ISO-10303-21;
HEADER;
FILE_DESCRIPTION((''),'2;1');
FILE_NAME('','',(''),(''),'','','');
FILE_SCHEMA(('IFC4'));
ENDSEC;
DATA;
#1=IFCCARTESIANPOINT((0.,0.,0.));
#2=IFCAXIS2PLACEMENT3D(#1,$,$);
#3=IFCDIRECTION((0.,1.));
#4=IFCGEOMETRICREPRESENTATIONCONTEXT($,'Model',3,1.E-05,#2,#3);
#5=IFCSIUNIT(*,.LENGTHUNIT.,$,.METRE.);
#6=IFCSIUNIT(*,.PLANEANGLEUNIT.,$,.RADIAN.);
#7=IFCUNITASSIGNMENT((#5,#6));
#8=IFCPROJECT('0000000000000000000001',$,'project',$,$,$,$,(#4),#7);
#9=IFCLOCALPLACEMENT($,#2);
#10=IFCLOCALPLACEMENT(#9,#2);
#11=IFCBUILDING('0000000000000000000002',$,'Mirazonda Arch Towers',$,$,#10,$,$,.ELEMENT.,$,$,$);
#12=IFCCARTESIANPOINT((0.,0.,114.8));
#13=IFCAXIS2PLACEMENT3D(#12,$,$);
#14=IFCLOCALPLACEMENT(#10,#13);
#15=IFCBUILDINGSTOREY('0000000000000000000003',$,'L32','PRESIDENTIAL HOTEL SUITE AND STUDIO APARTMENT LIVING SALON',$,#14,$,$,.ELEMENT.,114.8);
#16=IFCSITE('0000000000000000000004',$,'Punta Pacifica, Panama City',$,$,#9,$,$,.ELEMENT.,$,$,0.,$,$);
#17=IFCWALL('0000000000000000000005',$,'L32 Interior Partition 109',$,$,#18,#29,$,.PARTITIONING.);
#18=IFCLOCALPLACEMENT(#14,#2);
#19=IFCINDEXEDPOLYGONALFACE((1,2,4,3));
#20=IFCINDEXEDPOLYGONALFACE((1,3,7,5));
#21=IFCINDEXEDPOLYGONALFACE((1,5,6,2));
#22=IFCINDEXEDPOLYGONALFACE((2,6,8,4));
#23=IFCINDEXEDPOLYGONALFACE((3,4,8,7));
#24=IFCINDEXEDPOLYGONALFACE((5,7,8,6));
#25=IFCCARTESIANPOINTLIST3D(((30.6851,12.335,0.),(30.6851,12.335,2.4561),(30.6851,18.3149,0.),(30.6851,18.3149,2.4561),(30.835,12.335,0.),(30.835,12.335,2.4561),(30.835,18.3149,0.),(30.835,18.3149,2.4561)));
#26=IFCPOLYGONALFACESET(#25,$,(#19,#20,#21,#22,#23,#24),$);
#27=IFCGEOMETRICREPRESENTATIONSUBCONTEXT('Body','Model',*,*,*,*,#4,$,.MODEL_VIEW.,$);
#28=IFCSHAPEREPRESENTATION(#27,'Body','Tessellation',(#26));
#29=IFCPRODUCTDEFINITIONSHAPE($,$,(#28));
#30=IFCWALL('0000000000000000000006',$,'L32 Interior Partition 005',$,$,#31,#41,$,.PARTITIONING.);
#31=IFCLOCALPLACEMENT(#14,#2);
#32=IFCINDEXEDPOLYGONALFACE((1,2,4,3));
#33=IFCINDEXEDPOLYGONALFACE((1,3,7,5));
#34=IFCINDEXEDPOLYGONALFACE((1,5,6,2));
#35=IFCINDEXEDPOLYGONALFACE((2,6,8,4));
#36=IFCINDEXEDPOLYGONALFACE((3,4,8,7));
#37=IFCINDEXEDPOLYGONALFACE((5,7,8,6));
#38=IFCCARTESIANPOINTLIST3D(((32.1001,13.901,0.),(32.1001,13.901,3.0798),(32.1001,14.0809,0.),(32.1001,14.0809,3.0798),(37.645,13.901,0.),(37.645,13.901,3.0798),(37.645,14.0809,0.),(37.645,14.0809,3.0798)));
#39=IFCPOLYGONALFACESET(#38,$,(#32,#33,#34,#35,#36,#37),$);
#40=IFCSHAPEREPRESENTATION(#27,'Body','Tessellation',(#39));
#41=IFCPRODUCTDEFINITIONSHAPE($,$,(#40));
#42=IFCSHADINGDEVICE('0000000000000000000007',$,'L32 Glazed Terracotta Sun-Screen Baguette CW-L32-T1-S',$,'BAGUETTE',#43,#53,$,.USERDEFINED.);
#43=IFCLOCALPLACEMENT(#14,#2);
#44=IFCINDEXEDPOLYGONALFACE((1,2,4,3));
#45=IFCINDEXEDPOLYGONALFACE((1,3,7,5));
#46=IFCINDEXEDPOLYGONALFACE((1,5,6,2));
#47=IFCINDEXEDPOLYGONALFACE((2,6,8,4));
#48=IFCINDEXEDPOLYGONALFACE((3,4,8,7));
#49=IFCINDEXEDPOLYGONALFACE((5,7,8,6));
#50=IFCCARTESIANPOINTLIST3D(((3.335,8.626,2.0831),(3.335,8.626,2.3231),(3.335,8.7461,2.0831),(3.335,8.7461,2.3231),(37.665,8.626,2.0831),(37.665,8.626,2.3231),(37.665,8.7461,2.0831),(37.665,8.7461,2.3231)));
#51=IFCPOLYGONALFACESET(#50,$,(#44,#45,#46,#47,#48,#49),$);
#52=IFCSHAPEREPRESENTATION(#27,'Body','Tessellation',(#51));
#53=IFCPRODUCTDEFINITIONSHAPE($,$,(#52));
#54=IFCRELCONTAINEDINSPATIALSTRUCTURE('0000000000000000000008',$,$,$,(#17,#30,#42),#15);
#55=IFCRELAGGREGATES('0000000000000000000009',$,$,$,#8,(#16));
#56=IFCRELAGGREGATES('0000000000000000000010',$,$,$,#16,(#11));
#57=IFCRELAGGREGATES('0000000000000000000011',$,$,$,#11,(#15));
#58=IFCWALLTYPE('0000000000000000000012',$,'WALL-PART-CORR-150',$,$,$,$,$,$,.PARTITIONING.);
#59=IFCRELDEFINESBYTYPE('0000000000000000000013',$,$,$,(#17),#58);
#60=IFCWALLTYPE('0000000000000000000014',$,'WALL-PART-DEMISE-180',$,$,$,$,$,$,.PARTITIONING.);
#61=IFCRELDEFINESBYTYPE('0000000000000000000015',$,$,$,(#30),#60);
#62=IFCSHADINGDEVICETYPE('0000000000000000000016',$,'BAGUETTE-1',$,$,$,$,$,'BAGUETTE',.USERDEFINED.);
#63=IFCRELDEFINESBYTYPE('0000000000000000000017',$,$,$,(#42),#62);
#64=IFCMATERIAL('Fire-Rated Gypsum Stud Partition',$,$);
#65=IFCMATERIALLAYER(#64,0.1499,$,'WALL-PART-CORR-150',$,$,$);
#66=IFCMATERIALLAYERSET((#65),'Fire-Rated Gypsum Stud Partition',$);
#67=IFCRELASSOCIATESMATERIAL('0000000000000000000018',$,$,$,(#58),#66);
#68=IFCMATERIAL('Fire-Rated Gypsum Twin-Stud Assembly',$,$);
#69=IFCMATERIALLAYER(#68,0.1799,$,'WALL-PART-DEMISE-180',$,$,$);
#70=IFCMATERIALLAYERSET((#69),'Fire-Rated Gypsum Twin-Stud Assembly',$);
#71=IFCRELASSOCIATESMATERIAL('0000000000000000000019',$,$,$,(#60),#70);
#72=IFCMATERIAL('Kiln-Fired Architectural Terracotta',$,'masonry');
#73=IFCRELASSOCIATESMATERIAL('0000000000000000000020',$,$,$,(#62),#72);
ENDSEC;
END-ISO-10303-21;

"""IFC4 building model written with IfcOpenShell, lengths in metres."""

from ifc_helpers import new_model, si_unit, direction, frame, frame_2d, origin, origin_2d, place, context, subcontext, project, spatial, rectangle, extrude, material, layer, layer_set, material_profile, profile_set, type_object, element, save


model = new_model("IFC4")

# Units and contexts
model_context = context("Model", 3, precision=1e-05, world=origin(), true_north=direction((0.0, 1.0)))
body_context = subcontext(model_context, "Body", "Model", "MODEL_VIEW")
ifc_project = project(units=[si_unit("LENGTHUNIT", "METRE"), si_unit("PLANEANGLEUNIT", "RADIAN")], contexts=[model_context])

# Site, building, storey
site_placement = place(None, origin())
site = spatial("IfcSite", under=ifc_project, at=site_placement, Name="Punta Pacifica, Panama City", CompositionType="ELEMENT", RefElevation=0.0)
building_placement = place(site_placement, origin())
building = spatial("IfcBuilding", under=site, at=building_placement, Name="Mirazonda Arch Towers", CompositionType="ELEMENT")
storey_placement = place(building_placement, frame((0.0, 0.0, 114.8)))
storey = spatial("IfcBuildingStorey", under=building, at=storey_placement, Name="L32", Description="PRESIDENTIAL HOTEL SUITE AND STUDIO APARTMENT LIVING SALON", CompositionType="ELEMENT", Elevation=114.8)

# Walls
ifc_material_1 = material(Name="Fire-Rated Gypsum Stud Partition")
ifc_layer_1 = layer(ifc_material_1, 0.1499, Name="WALL-PART-CORR-150")
ifc_layer_set_1 = layer_set([ifc_layer_1], Name="Fire-Rated Gypsum Stud Partition")
wall_type_1 = type_object("IfcWallType", Name="WALL-PART-CORR-150", PredefinedType="PARTITIONING", material=ifc_layer_set_1)
wall_1_placement = place(storey_placement, frame((30.76, 12.335, 0.0), z_axis=(0.0, 0.0, 1.0), x_axis=(0.0, 1.0, 0.0)))
element("IfcWall", 1, at=wall_1_placement, inside=storey, type_object=wall_type_1, Name="L32 Interior Partition 109", PredefinedType="PARTITIONING", context=body_context, shape_type="SweptSolid", body=[
    extrude(rectangle(XDim=5.98, YDim=0.1499, at=frame_2d((2.99, 0.0))), origin(), (0.0, 0.0, 1.0), 2.4561),
])
ifc_material_2 = material(Name="Fire-Rated Gypsum Twin-Stud Assembly")
ifc_layer_2 = layer(ifc_material_2, 0.1799, Name="WALL-PART-DEMISE-180")
ifc_layer_set_2 = layer_set([ifc_layer_2], Name="Fire-Rated Gypsum Twin-Stud Assembly")
wall_type_2 = type_object("IfcWallType", Name="WALL-PART-DEMISE-180", PredefinedType="PARTITIONING", material=ifc_layer_set_2)
wall_2_placement = place(storey_placement, frame((32.1001, 13.991, 0.0), z_axis=(0.0, 0.0, 1.0), x_axis=(1.0, 0.0, 0.0)))
element("IfcWall", 2, at=wall_2_placement, inside=storey, type_object=wall_type_2, Name="L32 Interior Partition 005", PredefinedType="PARTITIONING", context=body_context, shape_type="SweptSolid", body=[
    extrude(rectangle(XDim=5.5449, YDim=0.1799, at=frame_2d((2.7725, 0.0))), origin(), (0.0, 0.0, 1.0), 3.0798),
])

# Shading device
ifc_material_3 = material(Name="Kiln-Fired Architectural Terracotta", Category="masonry")
ifc_material_profile_1 = material_profile(ifc_material_3, rectangle(XDim=0.1201, YDim=0.24, at=origin_2d()), Name="TERRA-BAG-120x240")
ifc_profile_set_1 = profile_set([ifc_material_profile_1], Name="Kiln-Fired Architectural Terracotta")
shading_device_type = type_object("IfcShadingDeviceType", Name="BAGUETTE-1", ElementType="BAGUETTE", PredefinedType="USERDEFINED", material=ifc_profile_set_1)
shading_device_placement = place(storey_placement, frame((37.665, 8.686, 2.2031), z_axis=(-1.0, 0.0, 0.0), x_axis=(0.0, -1.0, 0.0)))
element("IfcShadingDevice", 3, at=shading_device_placement, inside=storey, type_object=shading_device_type, Name="L32 Glazed Terracotta Sun-Screen Baguette CW-L32-T1-S", ObjectType="BAGUETTE", PredefinedType="USERDEFINED", context=body_context, shape_type="SweptSolid", body=[
    extrude(rectangle(XDim=0.1201, YDim=0.24, at=origin_2d()), origin(), (0.0, 0.0, 1.0), 34.3301),
])

save(model, "model.ifc")
